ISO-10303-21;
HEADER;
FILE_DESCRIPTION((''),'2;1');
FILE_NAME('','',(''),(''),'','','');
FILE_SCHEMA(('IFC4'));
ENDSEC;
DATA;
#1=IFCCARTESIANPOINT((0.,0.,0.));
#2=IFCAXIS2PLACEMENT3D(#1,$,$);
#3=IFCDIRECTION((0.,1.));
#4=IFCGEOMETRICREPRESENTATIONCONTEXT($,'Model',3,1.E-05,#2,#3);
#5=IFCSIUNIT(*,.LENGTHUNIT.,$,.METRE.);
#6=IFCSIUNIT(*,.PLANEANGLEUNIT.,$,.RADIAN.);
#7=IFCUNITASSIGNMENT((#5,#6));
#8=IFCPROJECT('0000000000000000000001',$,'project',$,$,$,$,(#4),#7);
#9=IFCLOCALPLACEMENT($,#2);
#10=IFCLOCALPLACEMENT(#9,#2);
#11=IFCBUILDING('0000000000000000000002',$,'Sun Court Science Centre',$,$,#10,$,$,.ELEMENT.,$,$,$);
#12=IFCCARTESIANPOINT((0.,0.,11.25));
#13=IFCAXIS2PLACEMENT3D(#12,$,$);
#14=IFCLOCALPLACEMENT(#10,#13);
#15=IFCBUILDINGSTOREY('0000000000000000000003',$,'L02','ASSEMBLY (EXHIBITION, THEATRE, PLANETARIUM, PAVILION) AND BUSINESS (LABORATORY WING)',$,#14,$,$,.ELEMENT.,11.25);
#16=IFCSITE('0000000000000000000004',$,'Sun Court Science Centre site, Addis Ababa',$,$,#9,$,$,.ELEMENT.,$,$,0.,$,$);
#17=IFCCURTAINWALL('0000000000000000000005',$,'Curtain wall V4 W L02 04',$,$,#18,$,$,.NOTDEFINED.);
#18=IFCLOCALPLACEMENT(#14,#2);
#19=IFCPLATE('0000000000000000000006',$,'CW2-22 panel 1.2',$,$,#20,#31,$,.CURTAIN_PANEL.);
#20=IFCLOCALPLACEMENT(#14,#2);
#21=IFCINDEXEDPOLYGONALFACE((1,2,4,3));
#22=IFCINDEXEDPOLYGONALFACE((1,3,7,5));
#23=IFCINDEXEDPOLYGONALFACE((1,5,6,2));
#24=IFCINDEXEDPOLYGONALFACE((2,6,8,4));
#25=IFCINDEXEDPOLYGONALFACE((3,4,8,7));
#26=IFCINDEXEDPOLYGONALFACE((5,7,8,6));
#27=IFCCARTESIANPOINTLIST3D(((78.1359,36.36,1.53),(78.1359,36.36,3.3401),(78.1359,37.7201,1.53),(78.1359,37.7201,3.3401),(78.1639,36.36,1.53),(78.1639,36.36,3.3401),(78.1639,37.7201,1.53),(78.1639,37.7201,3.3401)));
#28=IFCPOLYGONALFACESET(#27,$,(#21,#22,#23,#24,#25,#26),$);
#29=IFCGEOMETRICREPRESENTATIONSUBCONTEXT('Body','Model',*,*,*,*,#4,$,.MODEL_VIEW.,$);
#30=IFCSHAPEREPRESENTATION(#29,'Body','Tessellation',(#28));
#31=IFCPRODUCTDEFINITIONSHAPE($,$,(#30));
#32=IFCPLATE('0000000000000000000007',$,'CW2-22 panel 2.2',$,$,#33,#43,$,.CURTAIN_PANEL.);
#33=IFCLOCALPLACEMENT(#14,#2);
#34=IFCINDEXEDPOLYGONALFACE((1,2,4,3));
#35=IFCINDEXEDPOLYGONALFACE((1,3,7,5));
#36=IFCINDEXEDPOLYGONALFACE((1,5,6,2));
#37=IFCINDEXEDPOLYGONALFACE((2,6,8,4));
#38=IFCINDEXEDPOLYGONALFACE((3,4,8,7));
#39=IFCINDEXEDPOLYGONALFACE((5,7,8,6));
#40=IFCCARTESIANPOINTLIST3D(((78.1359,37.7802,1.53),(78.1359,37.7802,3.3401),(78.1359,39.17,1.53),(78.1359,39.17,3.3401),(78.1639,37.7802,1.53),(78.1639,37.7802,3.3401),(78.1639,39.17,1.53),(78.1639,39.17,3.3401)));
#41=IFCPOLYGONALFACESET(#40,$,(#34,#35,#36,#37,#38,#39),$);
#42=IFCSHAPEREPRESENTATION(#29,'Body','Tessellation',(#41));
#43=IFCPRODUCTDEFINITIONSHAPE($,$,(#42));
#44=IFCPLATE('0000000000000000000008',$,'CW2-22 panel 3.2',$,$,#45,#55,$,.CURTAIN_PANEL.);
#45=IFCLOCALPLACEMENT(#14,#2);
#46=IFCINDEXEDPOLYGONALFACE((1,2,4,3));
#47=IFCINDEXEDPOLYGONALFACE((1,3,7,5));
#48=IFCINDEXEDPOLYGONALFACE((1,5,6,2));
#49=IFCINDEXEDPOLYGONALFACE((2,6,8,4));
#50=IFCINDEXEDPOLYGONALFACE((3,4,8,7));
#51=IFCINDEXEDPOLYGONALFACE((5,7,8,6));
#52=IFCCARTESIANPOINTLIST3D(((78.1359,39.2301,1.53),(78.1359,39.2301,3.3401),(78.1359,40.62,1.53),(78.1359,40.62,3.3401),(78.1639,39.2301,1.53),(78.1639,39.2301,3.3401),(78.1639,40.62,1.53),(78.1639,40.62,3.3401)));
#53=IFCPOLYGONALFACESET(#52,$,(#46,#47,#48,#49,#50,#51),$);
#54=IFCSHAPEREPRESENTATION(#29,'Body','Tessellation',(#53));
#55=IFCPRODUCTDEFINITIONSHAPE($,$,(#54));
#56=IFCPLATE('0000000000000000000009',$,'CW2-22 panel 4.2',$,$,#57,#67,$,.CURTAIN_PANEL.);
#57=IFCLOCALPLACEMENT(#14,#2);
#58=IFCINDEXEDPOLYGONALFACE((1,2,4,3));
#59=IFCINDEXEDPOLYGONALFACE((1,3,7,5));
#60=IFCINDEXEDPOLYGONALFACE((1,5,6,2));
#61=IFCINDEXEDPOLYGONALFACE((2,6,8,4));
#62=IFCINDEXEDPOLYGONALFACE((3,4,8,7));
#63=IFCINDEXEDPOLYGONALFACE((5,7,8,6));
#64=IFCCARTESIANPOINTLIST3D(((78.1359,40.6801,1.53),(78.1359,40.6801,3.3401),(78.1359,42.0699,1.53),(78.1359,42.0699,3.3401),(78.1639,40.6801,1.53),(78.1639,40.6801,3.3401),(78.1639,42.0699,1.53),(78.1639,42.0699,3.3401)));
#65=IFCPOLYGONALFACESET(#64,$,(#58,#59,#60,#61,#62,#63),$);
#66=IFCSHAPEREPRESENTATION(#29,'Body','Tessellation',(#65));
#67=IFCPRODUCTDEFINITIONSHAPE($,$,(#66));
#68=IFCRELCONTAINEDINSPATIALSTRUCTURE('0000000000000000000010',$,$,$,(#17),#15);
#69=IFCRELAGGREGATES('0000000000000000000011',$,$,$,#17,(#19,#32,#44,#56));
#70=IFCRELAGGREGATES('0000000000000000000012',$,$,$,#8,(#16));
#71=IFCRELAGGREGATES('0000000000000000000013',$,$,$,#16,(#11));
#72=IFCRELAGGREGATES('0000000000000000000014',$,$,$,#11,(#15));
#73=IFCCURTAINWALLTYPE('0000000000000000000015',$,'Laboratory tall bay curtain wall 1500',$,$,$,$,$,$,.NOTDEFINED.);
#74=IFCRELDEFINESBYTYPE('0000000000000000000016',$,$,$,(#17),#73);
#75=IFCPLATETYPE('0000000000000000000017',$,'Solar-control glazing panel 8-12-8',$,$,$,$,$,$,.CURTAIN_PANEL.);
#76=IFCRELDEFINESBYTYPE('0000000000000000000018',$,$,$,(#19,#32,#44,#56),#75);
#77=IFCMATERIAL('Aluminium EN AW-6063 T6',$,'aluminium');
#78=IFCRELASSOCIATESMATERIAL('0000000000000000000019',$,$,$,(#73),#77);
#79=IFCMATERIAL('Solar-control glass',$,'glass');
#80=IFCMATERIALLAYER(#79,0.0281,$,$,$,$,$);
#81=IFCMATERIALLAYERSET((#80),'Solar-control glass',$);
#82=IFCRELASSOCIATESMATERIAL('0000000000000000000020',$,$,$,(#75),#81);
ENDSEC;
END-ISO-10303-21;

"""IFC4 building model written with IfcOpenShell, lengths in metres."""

from ifc_helpers import new_model, si_unit, direction, frame, origin, origin_2d, place, context, subcontext, project, spatial, rectangle, extrude, material, layer, layer_set, type_object, element, aggregate, save


model = new_model("IFC4")

# Units and contexts
model_context = context("Model", 3, precision=1e-05, world=origin(), true_north=direction((0.0, 1.0)))
body_context = subcontext(model_context, "Body", "Model", "MODEL_VIEW")
ifc_project = project(units=[si_unit("LENGTHUNIT", "METRE"), si_unit("PLANEANGLEUNIT", "RADIAN")], contexts=[model_context])

# Site, building, storey
site_placement = place(None, origin())
site = spatial("IfcSite", under=ifc_project, at=site_placement, Name="Sun Court Science Centre site, Addis Ababa", CompositionType="ELEMENT", RefElevation=0.0)
building_placement = place(site_placement, origin())
building = spatial("IfcBuilding", under=site, at=building_placement, Name="Sun Court Science Centre", CompositionType="ELEMENT")
storey_placement = place(building_placement, frame((0.0, 0.0, 11.25)))
storey = spatial("IfcBuildingStorey", under=building, at=storey_placement, Name="L02", Description="ASSEMBLY (EXHIBITION, THEATRE, PLANETARIUM, PAVILION) AND BUSINESS (LABORATORY WING)", CompositionType="ELEMENT", Elevation=11.25)

# Curtain wall, plates
ifc_material_1 = material(Name="Aluminium EN AW-6063 T6", Category="aluminium")
curtain_wall_type = type_object("IfcCurtainWallType", Name="Laboratory tall bay curtain wall 1500", PredefinedType="NOTDEFINED", material=ifc_material_1)
curtain_wall_placement = place(storey_placement, origin())
curtain_wall = element("IfcCurtainWall", 1, at=curtain_wall_placement, inside=storey, type_object=curtain_wall_type, Name="Curtain wall V4 W L02 04", PredefinedType="NOTDEFINED")
ifc_material_2 = material(Name="Solar-control glass", Category="glass")
ifc_layer = layer(ifc_material_2, 0.0281)
ifc_layer_set = layer_set([ifc_layer], Name="Solar-control glass")
plate_type = type_object("IfcPlateType", Name="Solar-control glazing panel 8-12-8", PredefinedType="CURTAIN_PANEL", material=ifc_layer_set)
plate_1_placement = place(storey_placement, frame((78.1499, 37.04, 1.53), z_axis=(0.0, 0.0, 1.0), x_axis=(0.0, 1.0, 0.0)))
plate_1 = element("IfcPlate", 2, at=plate_1_placement, type_object=plate_type, Name="CW2-22 panel 1.2", PredefinedType="CURTAIN_PANEL", context=body_context, shape_type="SweptSolid", body=[
    extrude(rectangle(XDim=1.3601, YDim=0.0281, at=origin_2d()), origin(), (0.0, 0.0, 1.0), 1.8101),
])
plate_2_placement = place(storey_placement, frame((78.1499, 38.4751, 1.53), z_axis=(0.0, 0.0, 1.0), x_axis=(0.0, 1.0, 0.0)))
plate_2 = element("IfcPlate", 3, at=plate_2_placement, type_object=plate_type, Name="CW2-22 panel 2.2", PredefinedType="CURTAIN_PANEL", context=body_context, shape_type="SweptSolid", body=[
    extrude(rectangle(XDim=1.3899, YDim=0.0281, at=origin_2d()), origin(), (0.0, 0.0, 1.0), 1.8101),
])
plate_3_placement = place(storey_placement, frame((78.1499, 39.925, 1.53), z_axis=(0.0, 0.0, 1.0), x_axis=(0.0, 1.0, 0.0)))
plate_3 = element("IfcPlate", 4, at=plate_3_placement, type_object=plate_type, Name="CW2-22 panel 3.2", PredefinedType="CURTAIN_PANEL", context=body_context, shape_type="SweptSolid", body=[
    extrude(rectangle(XDim=1.3899, YDim=0.0281, at=origin_2d()), origin(), (0.0, 0.0, 1.0), 1.8101),
])
plate_4_placement = place(storey_placement, frame((78.1499, 41.375, 1.53), z_axis=(0.0, 0.0, 1.0), x_axis=(0.0, 1.0, 0.0)))
plate_4 = element("IfcPlate", 5, at=plate_4_placement, type_object=plate_type, Name="CW2-22 panel 4.2", PredefinedType="CURTAIN_PANEL", context=body_context, shape_type="SweptSolid", body=[
    extrude(rectangle(XDim=1.3899, YDim=0.0281, at=origin_2d()), origin(), (0.0, 0.0, 1.0), 1.8101),
])
aggregate(curtain_wall, [plate_1, plate_2, plate_3, plate_4])

save(model, "model.ifc")
